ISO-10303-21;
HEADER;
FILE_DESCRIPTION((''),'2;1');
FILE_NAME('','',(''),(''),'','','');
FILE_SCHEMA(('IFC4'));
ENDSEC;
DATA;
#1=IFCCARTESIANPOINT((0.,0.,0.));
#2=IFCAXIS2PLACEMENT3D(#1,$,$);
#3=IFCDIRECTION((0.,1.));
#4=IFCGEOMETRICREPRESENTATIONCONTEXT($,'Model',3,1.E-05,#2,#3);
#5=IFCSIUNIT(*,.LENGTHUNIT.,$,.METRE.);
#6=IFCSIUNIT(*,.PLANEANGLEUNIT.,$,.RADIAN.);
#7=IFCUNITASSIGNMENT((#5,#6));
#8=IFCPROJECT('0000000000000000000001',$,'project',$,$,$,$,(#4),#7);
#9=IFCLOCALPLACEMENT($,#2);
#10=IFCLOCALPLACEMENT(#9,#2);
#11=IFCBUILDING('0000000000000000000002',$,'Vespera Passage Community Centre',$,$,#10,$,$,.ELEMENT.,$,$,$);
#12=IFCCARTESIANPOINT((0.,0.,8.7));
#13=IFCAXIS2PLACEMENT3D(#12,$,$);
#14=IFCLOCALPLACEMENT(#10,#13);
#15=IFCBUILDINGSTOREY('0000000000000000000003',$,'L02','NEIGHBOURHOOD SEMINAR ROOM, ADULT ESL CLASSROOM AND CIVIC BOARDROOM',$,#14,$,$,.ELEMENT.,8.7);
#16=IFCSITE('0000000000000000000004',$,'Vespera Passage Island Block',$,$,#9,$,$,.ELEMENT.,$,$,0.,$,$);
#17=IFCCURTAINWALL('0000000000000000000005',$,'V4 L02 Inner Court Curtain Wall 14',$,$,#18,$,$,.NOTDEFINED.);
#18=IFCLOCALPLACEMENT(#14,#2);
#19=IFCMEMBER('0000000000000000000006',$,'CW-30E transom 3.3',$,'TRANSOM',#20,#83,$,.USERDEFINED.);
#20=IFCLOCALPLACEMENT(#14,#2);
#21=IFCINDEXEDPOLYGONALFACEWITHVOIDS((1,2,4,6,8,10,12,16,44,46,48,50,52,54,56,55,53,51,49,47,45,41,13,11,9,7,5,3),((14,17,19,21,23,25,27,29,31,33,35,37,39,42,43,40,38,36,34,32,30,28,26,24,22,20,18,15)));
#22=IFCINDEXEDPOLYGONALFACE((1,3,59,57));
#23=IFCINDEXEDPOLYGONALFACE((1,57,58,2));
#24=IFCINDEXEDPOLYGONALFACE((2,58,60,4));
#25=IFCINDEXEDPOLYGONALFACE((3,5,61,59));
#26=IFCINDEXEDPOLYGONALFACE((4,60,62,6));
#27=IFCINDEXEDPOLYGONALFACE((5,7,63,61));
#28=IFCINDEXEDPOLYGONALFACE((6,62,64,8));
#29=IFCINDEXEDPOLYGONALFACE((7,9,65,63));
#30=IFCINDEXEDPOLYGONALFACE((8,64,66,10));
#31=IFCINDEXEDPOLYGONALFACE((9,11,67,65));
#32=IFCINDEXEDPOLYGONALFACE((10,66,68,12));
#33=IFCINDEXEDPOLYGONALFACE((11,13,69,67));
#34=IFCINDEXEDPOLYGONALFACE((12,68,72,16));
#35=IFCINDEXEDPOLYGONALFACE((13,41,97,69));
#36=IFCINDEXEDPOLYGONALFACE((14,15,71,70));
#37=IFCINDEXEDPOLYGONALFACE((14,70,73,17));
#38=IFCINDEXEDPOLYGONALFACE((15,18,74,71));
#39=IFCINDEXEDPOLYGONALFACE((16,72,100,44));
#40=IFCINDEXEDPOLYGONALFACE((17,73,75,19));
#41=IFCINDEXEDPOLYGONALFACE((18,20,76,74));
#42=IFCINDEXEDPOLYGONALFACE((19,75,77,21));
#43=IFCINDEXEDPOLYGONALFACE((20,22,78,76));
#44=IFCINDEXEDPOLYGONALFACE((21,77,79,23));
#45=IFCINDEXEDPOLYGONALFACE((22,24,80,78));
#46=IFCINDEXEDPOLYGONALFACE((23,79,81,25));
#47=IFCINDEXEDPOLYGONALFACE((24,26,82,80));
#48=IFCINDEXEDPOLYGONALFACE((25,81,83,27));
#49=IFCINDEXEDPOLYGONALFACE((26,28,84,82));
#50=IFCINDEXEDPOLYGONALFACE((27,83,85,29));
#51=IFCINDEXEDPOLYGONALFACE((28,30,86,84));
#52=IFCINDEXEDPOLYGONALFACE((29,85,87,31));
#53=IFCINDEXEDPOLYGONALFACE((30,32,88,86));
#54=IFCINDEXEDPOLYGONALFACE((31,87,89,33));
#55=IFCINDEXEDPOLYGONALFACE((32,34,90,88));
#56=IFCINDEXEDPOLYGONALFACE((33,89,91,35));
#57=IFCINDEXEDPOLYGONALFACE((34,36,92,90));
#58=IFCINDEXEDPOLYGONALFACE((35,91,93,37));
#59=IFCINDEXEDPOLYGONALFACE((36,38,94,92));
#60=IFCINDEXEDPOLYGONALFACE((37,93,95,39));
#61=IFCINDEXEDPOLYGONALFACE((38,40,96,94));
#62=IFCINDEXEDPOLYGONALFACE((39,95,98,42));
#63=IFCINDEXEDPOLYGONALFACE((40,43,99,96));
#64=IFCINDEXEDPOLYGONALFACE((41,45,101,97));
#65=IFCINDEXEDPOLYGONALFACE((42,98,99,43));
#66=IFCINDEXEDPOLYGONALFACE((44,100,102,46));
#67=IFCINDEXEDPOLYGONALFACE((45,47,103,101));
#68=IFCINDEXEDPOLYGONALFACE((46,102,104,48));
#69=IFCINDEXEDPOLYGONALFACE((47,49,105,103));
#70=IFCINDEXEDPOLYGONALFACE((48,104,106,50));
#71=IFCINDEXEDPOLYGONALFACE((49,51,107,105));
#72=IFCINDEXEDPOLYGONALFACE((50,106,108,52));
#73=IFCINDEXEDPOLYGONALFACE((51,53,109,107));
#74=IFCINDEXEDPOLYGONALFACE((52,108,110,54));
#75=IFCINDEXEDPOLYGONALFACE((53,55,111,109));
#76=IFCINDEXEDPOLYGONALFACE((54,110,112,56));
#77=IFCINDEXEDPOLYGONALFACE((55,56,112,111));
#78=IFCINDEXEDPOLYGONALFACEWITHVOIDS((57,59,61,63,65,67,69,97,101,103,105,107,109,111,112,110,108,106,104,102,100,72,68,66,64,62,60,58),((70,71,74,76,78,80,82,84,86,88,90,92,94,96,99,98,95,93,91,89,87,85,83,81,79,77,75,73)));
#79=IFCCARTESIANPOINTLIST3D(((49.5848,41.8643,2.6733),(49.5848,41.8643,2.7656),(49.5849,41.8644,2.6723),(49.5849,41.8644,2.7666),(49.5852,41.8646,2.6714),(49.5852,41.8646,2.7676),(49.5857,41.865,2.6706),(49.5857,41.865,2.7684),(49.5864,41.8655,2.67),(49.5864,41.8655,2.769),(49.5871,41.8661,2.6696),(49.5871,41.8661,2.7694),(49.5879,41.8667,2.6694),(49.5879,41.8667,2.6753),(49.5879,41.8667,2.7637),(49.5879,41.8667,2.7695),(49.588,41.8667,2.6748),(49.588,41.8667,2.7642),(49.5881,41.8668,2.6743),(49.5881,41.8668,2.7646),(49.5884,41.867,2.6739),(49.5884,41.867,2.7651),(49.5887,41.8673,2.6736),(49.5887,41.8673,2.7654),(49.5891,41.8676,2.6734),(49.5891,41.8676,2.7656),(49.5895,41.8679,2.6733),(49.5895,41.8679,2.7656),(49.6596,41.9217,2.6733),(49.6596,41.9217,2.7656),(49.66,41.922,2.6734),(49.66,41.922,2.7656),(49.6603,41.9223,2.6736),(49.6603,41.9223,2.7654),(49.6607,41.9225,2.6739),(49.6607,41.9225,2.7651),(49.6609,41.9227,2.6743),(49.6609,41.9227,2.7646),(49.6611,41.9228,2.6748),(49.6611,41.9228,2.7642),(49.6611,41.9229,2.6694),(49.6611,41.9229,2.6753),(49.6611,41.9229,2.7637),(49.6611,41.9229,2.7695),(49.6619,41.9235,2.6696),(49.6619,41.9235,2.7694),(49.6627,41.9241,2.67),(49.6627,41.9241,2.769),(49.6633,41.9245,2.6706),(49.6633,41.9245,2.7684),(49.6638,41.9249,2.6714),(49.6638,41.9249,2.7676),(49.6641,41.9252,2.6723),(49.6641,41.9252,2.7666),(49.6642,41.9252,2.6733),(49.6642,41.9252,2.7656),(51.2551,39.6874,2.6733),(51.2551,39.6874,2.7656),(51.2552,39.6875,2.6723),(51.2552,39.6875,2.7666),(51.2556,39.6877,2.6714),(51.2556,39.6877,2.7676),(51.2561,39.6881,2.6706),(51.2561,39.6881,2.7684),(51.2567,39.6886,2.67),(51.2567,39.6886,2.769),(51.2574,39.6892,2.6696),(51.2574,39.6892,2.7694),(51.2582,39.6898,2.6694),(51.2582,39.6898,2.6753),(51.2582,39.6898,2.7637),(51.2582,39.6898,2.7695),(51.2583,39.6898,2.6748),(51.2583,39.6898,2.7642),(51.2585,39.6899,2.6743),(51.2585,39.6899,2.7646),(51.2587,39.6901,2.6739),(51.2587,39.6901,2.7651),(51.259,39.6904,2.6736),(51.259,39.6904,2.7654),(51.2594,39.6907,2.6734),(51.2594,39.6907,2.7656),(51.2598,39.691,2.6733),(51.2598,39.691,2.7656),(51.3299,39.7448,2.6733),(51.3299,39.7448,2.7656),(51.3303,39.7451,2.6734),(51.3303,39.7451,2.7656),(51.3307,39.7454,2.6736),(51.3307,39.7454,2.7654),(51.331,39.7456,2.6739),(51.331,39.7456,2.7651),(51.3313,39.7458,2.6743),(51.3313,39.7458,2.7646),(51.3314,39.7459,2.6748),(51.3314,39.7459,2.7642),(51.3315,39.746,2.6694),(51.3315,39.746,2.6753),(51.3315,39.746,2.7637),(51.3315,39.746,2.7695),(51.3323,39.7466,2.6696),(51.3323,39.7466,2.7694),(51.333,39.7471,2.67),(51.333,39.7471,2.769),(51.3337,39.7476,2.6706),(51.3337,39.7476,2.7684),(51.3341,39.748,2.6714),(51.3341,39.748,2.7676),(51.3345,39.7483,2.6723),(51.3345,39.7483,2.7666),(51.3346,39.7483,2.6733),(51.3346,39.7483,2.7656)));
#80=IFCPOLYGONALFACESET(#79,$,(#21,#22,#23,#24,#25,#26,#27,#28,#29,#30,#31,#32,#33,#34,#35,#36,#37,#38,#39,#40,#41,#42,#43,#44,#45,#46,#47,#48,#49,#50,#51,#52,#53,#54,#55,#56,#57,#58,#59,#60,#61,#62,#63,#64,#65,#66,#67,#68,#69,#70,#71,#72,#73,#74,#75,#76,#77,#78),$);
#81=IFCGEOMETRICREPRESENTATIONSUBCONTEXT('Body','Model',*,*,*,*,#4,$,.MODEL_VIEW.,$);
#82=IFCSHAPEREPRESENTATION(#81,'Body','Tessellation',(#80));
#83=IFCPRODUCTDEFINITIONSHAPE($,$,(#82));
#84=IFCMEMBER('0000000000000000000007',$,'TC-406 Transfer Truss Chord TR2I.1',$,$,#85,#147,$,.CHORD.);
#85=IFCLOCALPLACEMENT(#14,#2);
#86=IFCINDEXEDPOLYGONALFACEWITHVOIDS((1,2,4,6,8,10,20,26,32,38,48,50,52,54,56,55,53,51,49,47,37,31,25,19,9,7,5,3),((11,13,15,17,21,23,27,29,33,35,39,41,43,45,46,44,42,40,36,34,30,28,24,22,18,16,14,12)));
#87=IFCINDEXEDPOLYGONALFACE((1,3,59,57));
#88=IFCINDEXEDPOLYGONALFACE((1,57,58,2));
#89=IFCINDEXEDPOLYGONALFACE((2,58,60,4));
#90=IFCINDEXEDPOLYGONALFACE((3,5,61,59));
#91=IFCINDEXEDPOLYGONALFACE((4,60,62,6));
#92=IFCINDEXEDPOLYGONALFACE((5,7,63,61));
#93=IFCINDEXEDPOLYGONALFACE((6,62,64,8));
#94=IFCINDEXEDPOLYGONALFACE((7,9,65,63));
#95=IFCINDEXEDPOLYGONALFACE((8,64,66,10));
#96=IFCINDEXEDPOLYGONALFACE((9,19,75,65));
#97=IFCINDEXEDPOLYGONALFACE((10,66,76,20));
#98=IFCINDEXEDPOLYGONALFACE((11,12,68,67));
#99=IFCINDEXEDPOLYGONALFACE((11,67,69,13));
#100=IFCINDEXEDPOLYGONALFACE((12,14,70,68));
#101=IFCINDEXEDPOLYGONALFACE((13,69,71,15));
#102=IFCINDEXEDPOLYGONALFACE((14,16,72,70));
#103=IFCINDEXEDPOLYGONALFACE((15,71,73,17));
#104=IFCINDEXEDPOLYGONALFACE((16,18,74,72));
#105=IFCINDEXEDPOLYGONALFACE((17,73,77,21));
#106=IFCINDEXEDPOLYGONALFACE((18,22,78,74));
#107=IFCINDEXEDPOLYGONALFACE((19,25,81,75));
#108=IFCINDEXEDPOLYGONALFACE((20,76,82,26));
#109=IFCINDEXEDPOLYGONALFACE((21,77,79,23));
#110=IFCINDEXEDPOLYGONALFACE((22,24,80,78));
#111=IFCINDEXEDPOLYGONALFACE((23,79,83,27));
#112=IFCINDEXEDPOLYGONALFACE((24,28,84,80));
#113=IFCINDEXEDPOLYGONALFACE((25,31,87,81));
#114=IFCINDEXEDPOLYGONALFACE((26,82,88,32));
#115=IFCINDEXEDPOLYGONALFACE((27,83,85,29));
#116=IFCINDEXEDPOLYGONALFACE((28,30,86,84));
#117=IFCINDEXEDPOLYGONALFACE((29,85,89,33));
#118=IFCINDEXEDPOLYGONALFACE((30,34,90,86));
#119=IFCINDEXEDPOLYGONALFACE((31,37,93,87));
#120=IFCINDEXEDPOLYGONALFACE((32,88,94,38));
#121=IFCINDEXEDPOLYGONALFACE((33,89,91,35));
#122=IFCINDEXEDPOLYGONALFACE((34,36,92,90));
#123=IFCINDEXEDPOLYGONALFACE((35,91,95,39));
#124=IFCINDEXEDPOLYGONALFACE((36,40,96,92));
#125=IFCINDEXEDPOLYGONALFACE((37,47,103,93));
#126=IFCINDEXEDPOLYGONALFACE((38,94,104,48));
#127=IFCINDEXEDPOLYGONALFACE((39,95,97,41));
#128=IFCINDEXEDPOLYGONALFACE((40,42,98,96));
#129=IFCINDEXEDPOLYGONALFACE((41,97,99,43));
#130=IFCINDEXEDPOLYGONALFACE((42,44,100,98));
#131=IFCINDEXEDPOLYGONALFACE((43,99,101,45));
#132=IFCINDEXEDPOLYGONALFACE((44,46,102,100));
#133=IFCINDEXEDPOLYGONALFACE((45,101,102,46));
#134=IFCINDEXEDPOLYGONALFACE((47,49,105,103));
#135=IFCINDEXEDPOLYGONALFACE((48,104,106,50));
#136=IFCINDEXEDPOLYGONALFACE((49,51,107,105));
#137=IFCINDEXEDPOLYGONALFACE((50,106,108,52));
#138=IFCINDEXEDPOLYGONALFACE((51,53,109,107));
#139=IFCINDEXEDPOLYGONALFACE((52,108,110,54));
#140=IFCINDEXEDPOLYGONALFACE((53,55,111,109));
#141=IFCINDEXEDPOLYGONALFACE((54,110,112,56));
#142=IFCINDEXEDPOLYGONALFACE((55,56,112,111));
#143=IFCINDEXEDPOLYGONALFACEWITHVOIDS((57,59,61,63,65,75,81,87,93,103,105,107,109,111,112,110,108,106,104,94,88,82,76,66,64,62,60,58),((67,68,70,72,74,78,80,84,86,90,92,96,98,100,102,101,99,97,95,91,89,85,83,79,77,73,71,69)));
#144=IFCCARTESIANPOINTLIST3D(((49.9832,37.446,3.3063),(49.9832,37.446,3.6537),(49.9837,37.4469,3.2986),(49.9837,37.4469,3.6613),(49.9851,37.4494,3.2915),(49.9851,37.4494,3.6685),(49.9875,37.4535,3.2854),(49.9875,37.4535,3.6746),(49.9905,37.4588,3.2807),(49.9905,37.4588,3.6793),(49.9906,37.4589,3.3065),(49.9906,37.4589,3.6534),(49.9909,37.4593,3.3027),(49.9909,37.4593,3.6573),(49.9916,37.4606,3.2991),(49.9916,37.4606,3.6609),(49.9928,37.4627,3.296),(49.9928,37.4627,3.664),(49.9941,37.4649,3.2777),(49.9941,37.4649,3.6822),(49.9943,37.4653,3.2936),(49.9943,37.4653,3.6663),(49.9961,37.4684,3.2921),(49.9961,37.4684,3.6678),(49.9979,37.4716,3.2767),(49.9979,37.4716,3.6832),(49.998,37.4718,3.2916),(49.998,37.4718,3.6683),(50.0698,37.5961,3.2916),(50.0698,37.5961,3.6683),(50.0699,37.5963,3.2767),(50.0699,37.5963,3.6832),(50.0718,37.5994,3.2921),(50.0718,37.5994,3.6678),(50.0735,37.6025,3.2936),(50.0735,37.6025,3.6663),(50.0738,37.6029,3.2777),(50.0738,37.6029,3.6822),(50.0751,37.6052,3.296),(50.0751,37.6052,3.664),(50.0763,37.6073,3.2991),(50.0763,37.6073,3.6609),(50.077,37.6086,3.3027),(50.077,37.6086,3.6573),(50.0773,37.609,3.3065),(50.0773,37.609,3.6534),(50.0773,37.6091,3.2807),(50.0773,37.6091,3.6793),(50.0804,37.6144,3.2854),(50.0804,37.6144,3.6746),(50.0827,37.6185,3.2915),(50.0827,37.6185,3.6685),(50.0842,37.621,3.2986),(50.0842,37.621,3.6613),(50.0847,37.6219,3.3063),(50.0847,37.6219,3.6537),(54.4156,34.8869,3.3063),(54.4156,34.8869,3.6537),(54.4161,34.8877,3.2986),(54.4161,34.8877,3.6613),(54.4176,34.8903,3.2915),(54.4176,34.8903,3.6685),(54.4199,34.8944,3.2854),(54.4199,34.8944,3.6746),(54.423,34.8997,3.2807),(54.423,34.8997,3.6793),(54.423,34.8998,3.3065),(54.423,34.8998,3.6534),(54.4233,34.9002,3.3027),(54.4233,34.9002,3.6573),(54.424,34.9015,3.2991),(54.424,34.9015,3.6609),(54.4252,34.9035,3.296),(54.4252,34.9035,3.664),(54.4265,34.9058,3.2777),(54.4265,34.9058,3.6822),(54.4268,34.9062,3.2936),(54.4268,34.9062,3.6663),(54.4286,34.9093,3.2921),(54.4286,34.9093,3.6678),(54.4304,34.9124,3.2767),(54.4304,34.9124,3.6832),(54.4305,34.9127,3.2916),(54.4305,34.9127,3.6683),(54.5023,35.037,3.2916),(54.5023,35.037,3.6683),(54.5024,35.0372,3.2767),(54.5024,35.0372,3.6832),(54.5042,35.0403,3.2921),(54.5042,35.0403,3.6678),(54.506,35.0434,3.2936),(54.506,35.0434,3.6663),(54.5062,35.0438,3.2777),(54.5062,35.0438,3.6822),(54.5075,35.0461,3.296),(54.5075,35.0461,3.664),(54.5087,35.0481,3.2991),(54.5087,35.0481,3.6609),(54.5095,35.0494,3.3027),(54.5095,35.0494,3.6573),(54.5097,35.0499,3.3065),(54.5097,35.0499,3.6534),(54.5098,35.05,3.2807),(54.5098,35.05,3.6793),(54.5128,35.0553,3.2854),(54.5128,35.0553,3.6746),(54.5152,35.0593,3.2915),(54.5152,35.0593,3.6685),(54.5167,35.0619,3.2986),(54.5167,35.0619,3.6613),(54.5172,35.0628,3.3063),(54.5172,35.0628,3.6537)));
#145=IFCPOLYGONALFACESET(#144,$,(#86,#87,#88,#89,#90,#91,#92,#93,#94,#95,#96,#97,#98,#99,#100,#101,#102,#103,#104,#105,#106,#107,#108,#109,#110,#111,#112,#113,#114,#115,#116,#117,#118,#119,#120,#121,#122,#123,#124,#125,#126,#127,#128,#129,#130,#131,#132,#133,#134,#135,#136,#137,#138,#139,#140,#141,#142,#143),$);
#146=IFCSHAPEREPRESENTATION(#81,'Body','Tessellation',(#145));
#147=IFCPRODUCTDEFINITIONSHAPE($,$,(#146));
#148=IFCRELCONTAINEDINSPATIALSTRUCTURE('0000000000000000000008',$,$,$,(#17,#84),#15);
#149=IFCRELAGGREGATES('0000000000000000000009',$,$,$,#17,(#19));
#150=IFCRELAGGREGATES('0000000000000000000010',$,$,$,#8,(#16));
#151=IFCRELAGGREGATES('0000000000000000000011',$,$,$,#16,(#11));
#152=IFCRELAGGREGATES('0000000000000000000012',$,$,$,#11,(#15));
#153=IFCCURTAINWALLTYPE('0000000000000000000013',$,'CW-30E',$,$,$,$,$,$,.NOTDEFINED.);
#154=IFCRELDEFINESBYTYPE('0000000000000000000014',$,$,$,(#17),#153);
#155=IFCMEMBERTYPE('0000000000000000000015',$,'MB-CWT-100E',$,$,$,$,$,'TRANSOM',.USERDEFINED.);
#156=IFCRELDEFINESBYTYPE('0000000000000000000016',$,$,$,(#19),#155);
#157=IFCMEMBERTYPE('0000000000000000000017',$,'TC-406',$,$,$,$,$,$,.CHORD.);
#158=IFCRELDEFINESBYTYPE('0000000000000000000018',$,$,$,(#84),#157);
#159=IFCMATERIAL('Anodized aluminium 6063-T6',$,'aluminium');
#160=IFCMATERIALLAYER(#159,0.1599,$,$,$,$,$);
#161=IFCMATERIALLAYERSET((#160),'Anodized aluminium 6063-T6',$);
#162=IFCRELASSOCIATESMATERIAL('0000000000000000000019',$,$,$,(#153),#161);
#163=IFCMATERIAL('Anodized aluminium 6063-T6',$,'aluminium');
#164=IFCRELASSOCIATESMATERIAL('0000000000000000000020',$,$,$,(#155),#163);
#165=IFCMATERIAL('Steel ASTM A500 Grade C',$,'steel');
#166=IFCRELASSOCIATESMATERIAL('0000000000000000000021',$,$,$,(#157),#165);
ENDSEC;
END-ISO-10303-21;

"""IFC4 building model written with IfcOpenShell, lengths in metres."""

from ifc_helpers import new_model, si_unit, direction, frame, origin, origin_2d, place, context, subcontext, project, spatial, hollow_rectangle, extrude, material, layer, layer_set, material_profile, profile_set, type_object, element, aggregate, save


model = new_model("IFC4")

# Units and contexts
model_context = context("Model", 3, precision=1e-05, world=origin(), true_north=direction((0.0, 1.0)))
body_context = subcontext(model_context, "Body", "Model", "MODEL_VIEW")
ifc_project = project(units=[si_unit("LENGTHUNIT", "METRE"), si_unit("PLANEANGLEUNIT", "RADIAN")], contexts=[model_context])

# Site, building, storey
site_placement = place(None, origin())
site = spatial("IfcSite", under=ifc_project, at=site_placement, Name="Vespera Passage Island Block", CompositionType="ELEMENT", RefElevation=0.0)
building_placement = place(site_placement, origin())
building = spatial("IfcBuilding", under=site, at=building_placement, Name="Vespera Passage Community Centre", CompositionType="ELEMENT")
storey_placement = place(building_placement, frame((0.0, 0.0, 8.7)))
storey = spatial("IfcBuildingStorey", under=building, at=storey_placement, Name="L02", Description="NEIGHBOURHOOD SEMINAR ROOM, ADULT ESL CLASSROOM AND CIVIC BOARDROOM", CompositionType="ELEMENT", Elevation=8.7)

# Curtain wall, member
ifc_material_1 = material(Name="Anodized aluminium 6063-T6", Category="aluminium")
ifc_layer_1 = layer(ifc_material_1, 0.1599)
ifc_layer_set_1 = layer_set([ifc_layer_1], Name="Anodized aluminium 6063-T6")
curtain_wall_type = type_object("IfcCurtainWallType", Name="CW-30E", PredefinedType="NOTDEFINED", material=ifc_layer_set_1)
curtain_wall_placement = place(storey_placement, origin())
curtain_wall = element("IfcCurtainWall", 1, at=curtain_wall_placement, inside=storey, type_object=curtain_wall_type, Name="V4 L02 Inner Court Curtain Wall 14", PredefinedType="NOTDEFINED")
ifc_material_2 = material(Name="Anodized aluminium 6063-T6", Category="aluminium")
ifc_material_profile_1 = material_profile(ifc_material_2, hollow_rectangle(XDim=0.1001, YDim=0.1001, WallThickness=0.0039, InnerFilletRadius=0.002, OuterFilletRadius=0.0039, at=origin_2d()), Name="ALU100X100X4")
ifc_profile_set_1 = profile_set([ifc_material_profile_1], Name="Anodized aluminium 6063-T6")
member_type_1 = type_object("IfcMemberType", Name="MB-CWT-100E", ElementType="TRANSOM", PredefinedType="USERDEFINED", material=ifc_profile_set_1)
member_1_placement = place(storey_placement, frame((49.6245, 41.8948, 2.7195), z_axis=(0.608747, -0.793364, 0.0), x_axis=(0.793364, 0.608747, 0.0)))
member_1 = element("IfcMember", 2, at=member_1_placement, type_object=member_type_1, Name="CW-30E transom 3.3", ObjectType="TRANSOM", PredefinedType="USERDEFINED", context=body_context, shape_type="SweptSolid", body=[
    extrude(hollow_rectangle(XDim=0.1001, YDim=0.1001, WallThickness=0.0039, InnerFilletRadius=0.002, OuterFilletRadius=0.0039, at=origin_2d()), origin(), (0.0, 0.0, 1.0), 2.7439),
])

# Member
ifc_material_3 = material(Name="Steel ASTM A500 Grade C", Category="steel")
ifc_material_profile_2 = material_profile(ifc_material_3, hollow_rectangle(XDim=0.2031, YDim=0.4065, WallThickness=0.0149, InnerFilletRadius=0.0149, OuterFilletRadius=0.0295, at=origin_2d()), Name="HSS406X203X15.9")
ifc_profile_set_2 = profile_set([ifc_material_profile_2], Name="Steel ASTM A500 Grade C")
member_type_2 = type_object("IfcMemberType", Name="TC-406", PredefinedType="CHORD", material=ifc_profile_set_2)
member_2_placement = place(storey_placement, frame((50.0339, 37.5339, 3.48), z_axis=(0.866021, -0.500007, 0.0), x_axis=(0.500007, 0.866021, 0.0)))
element("IfcMember", 3, at=member_2_placement, inside=storey, type_object=member_type_2, Name="TC-406 Transfer Truss Chord TR2I.1", PredefinedType="CHORD", context=body_context, shape_type="SweptSolid", body=[
    extrude(hollow_rectangle(XDim=0.2031, YDim=0.4065, WallThickness=0.0149, InnerFilletRadius=0.0149, OuterFilletRadius=0.0295, at=origin_2d()), origin(), (0.0, 0.0, 1.0), 5.1182),
])

aggregate(curtain_wall, [member_1])

save(model, "model.ifc")
